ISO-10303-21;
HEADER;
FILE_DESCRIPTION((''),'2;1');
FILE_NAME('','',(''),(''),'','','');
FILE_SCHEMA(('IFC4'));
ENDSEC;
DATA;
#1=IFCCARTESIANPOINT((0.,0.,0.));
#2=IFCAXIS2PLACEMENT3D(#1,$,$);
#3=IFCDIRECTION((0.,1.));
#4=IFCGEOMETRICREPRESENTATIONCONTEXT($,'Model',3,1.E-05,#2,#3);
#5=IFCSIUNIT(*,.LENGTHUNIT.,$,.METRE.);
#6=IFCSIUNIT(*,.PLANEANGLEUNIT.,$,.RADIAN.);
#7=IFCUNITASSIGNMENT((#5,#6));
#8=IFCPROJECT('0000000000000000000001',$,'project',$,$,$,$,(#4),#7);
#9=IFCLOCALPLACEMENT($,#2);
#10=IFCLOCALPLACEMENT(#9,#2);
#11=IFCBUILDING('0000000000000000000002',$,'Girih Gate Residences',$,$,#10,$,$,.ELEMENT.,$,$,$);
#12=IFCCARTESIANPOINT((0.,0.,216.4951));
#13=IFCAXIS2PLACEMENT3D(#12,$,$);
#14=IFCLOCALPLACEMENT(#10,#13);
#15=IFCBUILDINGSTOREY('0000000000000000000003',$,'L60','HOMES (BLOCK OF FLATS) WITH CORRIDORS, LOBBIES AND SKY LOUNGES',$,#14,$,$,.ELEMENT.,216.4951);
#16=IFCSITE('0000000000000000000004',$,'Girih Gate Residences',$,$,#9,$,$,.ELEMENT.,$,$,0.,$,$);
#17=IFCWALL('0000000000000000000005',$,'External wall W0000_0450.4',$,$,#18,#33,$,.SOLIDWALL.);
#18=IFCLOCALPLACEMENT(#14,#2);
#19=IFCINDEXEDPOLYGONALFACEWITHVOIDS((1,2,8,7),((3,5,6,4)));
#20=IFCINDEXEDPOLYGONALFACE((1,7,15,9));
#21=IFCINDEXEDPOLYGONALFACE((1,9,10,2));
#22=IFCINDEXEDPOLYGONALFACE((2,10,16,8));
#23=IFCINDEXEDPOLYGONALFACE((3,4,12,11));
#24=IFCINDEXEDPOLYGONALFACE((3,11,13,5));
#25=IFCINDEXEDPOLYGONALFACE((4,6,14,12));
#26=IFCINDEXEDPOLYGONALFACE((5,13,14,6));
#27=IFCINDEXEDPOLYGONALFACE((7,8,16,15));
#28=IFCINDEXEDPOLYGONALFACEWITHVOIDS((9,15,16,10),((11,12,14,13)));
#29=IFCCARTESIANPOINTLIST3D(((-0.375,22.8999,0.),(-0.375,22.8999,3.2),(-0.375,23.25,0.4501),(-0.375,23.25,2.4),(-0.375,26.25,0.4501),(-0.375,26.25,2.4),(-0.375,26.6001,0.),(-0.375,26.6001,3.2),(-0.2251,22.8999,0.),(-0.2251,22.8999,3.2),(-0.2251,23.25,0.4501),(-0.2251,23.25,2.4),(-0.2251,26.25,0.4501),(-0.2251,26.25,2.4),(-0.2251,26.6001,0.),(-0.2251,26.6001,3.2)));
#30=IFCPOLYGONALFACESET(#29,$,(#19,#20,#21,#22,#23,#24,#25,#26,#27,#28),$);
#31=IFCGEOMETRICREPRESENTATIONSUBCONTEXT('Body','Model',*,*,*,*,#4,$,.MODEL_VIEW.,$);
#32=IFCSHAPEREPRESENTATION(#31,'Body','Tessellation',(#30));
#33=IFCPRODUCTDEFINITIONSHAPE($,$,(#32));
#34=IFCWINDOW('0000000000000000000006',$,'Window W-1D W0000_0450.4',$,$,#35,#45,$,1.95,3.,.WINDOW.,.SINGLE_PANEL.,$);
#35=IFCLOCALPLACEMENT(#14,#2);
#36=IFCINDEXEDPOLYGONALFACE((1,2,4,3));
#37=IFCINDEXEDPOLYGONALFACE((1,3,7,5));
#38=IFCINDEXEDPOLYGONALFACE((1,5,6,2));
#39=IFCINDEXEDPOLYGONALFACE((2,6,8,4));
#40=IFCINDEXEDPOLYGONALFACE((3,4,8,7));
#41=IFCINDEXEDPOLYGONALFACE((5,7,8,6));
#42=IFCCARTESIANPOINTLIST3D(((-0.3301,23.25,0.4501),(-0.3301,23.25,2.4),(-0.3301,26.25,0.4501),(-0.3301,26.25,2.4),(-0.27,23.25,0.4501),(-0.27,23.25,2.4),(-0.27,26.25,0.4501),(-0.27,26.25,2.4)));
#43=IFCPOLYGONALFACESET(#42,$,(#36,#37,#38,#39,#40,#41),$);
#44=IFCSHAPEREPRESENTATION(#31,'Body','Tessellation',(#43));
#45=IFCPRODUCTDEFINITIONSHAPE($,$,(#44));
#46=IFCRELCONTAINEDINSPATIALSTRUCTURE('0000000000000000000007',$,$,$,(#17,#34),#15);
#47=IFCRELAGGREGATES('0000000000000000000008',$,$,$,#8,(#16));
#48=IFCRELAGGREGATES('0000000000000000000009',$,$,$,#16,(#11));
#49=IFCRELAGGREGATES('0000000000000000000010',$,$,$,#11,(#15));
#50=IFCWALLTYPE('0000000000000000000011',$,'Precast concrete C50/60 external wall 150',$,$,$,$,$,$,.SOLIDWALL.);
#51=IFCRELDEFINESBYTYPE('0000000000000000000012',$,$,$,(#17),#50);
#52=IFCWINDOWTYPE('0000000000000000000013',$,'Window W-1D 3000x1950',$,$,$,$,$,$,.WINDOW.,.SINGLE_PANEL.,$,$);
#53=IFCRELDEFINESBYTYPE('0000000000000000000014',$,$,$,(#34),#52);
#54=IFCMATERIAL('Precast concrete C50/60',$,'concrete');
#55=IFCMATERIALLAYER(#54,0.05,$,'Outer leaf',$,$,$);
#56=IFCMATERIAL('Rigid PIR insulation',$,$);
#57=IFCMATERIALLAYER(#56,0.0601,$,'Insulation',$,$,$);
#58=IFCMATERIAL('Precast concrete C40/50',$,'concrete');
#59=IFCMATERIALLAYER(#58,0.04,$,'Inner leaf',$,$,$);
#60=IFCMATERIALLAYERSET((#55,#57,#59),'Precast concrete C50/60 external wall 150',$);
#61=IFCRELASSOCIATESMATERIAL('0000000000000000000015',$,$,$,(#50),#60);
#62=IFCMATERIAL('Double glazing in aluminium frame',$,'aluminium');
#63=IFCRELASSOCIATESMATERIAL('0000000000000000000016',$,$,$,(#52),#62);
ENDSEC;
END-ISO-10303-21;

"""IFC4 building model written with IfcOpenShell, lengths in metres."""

from ifc_helpers import new_model, si_unit, direction, frame, frame_2d, origin, place, context, subcontext, project, spatial, rectangle, extrude, material, layer, layer_set, type_object, element, fill, save


model = new_model("IFC4")

# Units and contexts
model_context = context("Model", 3, precision=1e-05, world=origin(), true_north=direction((0.0, 1.0)))
body_context = subcontext(model_context, "Body", "Model", "MODEL_VIEW")
ifc_project = project(units=[si_unit("LENGTHUNIT", "METRE"), si_unit("PLANEANGLEUNIT", "RADIAN")], contexts=[model_context])

# Site, building, storey
site_placement = place(None, origin())
site = spatial("IfcSite", under=ifc_project, at=site_placement, Name="Girih Gate Residences", CompositionType="ELEMENT", RefElevation=0.0)
building_placement = place(site_placement, origin())
building = spatial("IfcBuilding", under=site, at=building_placement, Name="Girih Gate Residences", CompositionType="ELEMENT")
storey_placement = place(building_placement, frame((0.0, 0.0, 216.4951)))
storey = spatial("IfcBuildingStorey", under=building, at=storey_placement, Name="L60", Description="HOMES (BLOCK OF FLATS) WITH CORRIDORS, LOBBIES AND SKY LOUNGES", CompositionType="ELEMENT", Elevation=216.4951)

# Wall, opening, window
ifc_material_1 = material(Name="Precast concrete C50/60", Category="concrete")
ifc_layer_1 = layer(ifc_material_1, 0.05, Name="Outer leaf")
ifc_material_2 = material(Name="Rigid PIR insulation")
ifc_layer_2 = layer(ifc_material_2, 0.0601, Name="Insulation")
ifc_material_3 = material(Name="Precast concrete C40/50", Category="concrete")
ifc_layer_3 = layer(ifc_material_3, 0.04, Name="Inner leaf")
ifc_layer_set_1 = layer_set([ifc_layer_1, ifc_layer_2, ifc_layer_3], Name="Precast concrete C50/60 external wall 150")
wall_type_1 = type_object("IfcWallType", Name="Precast concrete C50/60 external wall 150", PredefinedType="SOLIDWALL", material=ifc_layer_set_1)
wall_1_placement = place(storey_placement, frame((-0.3, 22.8999, 0.0), z_axis=(0.0, 0.0, 1.0), x_axis=(0.0, 1.0, 0.0)))
wall_1 = element("IfcWall", 1, at=wall_1_placement, inside=storey, type_object=wall_type_1, Name="External wall W0000_0450.4", PredefinedType="SOLIDWALL", context=body_context, shape_type="SweptSolid", body=[
    extrude(rectangle(XDim=3.7002, YDim=0.1499, at=frame_2d((1.8501, 0.0))), origin(), (0.0, 0.0, 1.0), 3.2),
])
opening_1_placement = place(wall_1_placement, frame((0.3501, 0.0, 0.45)))
opening_1 = element("IfcOpeningElement", 2, at=opening_1_placement, cuts=wall_1, PredefinedType="OPENING", context=body_context, shape_type="SweptSolid", body=[
    extrude(rectangle(XDim=3.0, YDim=1.95, at=frame_2d((1.5, 0.9751))), frame((0.0, 0.085, 0.0), z_axis=(0.0, -1.0, 0.0), x_axis=(1.0, 0.0, 0.0)), (0.0, 0.0, 1.0), 0.1699),
])
ifc_material_4 = material(Name="Double glazing in aluminium frame", Category="aluminium")
window_type = type_object("IfcWindowType", Name="Window W-1D 3000x1950", PartitioningType="SINGLE_PANEL", PredefinedType="WINDOW", material=ifc_material_4)
window_placement = place(opening_1_placement, origin())
window = element("IfcWindow", 3, at=window_placement, inside=storey, type_object=window_type, Name="Window W-1D W0000_0450.4", OverallHeight=1.95, OverallWidth=3.0, PartitioningType="SINGLE_PANEL", PredefinedType="WINDOW", context=body_context, shape_type="SweptSolid", body=[
    extrude(rectangle(XDim=3.0, YDim=1.95, at=frame_2d((1.5, 0.9751))), frame((0.0, 0.03, 0.0), z_axis=(0.0, -1.0, 0.0), x_axis=(1.0, 0.0, 0.0)), (0.0, 0.0, 1.0), 0.0601),
])
fill(opening_1, window)

save(model, "model.ifc")
